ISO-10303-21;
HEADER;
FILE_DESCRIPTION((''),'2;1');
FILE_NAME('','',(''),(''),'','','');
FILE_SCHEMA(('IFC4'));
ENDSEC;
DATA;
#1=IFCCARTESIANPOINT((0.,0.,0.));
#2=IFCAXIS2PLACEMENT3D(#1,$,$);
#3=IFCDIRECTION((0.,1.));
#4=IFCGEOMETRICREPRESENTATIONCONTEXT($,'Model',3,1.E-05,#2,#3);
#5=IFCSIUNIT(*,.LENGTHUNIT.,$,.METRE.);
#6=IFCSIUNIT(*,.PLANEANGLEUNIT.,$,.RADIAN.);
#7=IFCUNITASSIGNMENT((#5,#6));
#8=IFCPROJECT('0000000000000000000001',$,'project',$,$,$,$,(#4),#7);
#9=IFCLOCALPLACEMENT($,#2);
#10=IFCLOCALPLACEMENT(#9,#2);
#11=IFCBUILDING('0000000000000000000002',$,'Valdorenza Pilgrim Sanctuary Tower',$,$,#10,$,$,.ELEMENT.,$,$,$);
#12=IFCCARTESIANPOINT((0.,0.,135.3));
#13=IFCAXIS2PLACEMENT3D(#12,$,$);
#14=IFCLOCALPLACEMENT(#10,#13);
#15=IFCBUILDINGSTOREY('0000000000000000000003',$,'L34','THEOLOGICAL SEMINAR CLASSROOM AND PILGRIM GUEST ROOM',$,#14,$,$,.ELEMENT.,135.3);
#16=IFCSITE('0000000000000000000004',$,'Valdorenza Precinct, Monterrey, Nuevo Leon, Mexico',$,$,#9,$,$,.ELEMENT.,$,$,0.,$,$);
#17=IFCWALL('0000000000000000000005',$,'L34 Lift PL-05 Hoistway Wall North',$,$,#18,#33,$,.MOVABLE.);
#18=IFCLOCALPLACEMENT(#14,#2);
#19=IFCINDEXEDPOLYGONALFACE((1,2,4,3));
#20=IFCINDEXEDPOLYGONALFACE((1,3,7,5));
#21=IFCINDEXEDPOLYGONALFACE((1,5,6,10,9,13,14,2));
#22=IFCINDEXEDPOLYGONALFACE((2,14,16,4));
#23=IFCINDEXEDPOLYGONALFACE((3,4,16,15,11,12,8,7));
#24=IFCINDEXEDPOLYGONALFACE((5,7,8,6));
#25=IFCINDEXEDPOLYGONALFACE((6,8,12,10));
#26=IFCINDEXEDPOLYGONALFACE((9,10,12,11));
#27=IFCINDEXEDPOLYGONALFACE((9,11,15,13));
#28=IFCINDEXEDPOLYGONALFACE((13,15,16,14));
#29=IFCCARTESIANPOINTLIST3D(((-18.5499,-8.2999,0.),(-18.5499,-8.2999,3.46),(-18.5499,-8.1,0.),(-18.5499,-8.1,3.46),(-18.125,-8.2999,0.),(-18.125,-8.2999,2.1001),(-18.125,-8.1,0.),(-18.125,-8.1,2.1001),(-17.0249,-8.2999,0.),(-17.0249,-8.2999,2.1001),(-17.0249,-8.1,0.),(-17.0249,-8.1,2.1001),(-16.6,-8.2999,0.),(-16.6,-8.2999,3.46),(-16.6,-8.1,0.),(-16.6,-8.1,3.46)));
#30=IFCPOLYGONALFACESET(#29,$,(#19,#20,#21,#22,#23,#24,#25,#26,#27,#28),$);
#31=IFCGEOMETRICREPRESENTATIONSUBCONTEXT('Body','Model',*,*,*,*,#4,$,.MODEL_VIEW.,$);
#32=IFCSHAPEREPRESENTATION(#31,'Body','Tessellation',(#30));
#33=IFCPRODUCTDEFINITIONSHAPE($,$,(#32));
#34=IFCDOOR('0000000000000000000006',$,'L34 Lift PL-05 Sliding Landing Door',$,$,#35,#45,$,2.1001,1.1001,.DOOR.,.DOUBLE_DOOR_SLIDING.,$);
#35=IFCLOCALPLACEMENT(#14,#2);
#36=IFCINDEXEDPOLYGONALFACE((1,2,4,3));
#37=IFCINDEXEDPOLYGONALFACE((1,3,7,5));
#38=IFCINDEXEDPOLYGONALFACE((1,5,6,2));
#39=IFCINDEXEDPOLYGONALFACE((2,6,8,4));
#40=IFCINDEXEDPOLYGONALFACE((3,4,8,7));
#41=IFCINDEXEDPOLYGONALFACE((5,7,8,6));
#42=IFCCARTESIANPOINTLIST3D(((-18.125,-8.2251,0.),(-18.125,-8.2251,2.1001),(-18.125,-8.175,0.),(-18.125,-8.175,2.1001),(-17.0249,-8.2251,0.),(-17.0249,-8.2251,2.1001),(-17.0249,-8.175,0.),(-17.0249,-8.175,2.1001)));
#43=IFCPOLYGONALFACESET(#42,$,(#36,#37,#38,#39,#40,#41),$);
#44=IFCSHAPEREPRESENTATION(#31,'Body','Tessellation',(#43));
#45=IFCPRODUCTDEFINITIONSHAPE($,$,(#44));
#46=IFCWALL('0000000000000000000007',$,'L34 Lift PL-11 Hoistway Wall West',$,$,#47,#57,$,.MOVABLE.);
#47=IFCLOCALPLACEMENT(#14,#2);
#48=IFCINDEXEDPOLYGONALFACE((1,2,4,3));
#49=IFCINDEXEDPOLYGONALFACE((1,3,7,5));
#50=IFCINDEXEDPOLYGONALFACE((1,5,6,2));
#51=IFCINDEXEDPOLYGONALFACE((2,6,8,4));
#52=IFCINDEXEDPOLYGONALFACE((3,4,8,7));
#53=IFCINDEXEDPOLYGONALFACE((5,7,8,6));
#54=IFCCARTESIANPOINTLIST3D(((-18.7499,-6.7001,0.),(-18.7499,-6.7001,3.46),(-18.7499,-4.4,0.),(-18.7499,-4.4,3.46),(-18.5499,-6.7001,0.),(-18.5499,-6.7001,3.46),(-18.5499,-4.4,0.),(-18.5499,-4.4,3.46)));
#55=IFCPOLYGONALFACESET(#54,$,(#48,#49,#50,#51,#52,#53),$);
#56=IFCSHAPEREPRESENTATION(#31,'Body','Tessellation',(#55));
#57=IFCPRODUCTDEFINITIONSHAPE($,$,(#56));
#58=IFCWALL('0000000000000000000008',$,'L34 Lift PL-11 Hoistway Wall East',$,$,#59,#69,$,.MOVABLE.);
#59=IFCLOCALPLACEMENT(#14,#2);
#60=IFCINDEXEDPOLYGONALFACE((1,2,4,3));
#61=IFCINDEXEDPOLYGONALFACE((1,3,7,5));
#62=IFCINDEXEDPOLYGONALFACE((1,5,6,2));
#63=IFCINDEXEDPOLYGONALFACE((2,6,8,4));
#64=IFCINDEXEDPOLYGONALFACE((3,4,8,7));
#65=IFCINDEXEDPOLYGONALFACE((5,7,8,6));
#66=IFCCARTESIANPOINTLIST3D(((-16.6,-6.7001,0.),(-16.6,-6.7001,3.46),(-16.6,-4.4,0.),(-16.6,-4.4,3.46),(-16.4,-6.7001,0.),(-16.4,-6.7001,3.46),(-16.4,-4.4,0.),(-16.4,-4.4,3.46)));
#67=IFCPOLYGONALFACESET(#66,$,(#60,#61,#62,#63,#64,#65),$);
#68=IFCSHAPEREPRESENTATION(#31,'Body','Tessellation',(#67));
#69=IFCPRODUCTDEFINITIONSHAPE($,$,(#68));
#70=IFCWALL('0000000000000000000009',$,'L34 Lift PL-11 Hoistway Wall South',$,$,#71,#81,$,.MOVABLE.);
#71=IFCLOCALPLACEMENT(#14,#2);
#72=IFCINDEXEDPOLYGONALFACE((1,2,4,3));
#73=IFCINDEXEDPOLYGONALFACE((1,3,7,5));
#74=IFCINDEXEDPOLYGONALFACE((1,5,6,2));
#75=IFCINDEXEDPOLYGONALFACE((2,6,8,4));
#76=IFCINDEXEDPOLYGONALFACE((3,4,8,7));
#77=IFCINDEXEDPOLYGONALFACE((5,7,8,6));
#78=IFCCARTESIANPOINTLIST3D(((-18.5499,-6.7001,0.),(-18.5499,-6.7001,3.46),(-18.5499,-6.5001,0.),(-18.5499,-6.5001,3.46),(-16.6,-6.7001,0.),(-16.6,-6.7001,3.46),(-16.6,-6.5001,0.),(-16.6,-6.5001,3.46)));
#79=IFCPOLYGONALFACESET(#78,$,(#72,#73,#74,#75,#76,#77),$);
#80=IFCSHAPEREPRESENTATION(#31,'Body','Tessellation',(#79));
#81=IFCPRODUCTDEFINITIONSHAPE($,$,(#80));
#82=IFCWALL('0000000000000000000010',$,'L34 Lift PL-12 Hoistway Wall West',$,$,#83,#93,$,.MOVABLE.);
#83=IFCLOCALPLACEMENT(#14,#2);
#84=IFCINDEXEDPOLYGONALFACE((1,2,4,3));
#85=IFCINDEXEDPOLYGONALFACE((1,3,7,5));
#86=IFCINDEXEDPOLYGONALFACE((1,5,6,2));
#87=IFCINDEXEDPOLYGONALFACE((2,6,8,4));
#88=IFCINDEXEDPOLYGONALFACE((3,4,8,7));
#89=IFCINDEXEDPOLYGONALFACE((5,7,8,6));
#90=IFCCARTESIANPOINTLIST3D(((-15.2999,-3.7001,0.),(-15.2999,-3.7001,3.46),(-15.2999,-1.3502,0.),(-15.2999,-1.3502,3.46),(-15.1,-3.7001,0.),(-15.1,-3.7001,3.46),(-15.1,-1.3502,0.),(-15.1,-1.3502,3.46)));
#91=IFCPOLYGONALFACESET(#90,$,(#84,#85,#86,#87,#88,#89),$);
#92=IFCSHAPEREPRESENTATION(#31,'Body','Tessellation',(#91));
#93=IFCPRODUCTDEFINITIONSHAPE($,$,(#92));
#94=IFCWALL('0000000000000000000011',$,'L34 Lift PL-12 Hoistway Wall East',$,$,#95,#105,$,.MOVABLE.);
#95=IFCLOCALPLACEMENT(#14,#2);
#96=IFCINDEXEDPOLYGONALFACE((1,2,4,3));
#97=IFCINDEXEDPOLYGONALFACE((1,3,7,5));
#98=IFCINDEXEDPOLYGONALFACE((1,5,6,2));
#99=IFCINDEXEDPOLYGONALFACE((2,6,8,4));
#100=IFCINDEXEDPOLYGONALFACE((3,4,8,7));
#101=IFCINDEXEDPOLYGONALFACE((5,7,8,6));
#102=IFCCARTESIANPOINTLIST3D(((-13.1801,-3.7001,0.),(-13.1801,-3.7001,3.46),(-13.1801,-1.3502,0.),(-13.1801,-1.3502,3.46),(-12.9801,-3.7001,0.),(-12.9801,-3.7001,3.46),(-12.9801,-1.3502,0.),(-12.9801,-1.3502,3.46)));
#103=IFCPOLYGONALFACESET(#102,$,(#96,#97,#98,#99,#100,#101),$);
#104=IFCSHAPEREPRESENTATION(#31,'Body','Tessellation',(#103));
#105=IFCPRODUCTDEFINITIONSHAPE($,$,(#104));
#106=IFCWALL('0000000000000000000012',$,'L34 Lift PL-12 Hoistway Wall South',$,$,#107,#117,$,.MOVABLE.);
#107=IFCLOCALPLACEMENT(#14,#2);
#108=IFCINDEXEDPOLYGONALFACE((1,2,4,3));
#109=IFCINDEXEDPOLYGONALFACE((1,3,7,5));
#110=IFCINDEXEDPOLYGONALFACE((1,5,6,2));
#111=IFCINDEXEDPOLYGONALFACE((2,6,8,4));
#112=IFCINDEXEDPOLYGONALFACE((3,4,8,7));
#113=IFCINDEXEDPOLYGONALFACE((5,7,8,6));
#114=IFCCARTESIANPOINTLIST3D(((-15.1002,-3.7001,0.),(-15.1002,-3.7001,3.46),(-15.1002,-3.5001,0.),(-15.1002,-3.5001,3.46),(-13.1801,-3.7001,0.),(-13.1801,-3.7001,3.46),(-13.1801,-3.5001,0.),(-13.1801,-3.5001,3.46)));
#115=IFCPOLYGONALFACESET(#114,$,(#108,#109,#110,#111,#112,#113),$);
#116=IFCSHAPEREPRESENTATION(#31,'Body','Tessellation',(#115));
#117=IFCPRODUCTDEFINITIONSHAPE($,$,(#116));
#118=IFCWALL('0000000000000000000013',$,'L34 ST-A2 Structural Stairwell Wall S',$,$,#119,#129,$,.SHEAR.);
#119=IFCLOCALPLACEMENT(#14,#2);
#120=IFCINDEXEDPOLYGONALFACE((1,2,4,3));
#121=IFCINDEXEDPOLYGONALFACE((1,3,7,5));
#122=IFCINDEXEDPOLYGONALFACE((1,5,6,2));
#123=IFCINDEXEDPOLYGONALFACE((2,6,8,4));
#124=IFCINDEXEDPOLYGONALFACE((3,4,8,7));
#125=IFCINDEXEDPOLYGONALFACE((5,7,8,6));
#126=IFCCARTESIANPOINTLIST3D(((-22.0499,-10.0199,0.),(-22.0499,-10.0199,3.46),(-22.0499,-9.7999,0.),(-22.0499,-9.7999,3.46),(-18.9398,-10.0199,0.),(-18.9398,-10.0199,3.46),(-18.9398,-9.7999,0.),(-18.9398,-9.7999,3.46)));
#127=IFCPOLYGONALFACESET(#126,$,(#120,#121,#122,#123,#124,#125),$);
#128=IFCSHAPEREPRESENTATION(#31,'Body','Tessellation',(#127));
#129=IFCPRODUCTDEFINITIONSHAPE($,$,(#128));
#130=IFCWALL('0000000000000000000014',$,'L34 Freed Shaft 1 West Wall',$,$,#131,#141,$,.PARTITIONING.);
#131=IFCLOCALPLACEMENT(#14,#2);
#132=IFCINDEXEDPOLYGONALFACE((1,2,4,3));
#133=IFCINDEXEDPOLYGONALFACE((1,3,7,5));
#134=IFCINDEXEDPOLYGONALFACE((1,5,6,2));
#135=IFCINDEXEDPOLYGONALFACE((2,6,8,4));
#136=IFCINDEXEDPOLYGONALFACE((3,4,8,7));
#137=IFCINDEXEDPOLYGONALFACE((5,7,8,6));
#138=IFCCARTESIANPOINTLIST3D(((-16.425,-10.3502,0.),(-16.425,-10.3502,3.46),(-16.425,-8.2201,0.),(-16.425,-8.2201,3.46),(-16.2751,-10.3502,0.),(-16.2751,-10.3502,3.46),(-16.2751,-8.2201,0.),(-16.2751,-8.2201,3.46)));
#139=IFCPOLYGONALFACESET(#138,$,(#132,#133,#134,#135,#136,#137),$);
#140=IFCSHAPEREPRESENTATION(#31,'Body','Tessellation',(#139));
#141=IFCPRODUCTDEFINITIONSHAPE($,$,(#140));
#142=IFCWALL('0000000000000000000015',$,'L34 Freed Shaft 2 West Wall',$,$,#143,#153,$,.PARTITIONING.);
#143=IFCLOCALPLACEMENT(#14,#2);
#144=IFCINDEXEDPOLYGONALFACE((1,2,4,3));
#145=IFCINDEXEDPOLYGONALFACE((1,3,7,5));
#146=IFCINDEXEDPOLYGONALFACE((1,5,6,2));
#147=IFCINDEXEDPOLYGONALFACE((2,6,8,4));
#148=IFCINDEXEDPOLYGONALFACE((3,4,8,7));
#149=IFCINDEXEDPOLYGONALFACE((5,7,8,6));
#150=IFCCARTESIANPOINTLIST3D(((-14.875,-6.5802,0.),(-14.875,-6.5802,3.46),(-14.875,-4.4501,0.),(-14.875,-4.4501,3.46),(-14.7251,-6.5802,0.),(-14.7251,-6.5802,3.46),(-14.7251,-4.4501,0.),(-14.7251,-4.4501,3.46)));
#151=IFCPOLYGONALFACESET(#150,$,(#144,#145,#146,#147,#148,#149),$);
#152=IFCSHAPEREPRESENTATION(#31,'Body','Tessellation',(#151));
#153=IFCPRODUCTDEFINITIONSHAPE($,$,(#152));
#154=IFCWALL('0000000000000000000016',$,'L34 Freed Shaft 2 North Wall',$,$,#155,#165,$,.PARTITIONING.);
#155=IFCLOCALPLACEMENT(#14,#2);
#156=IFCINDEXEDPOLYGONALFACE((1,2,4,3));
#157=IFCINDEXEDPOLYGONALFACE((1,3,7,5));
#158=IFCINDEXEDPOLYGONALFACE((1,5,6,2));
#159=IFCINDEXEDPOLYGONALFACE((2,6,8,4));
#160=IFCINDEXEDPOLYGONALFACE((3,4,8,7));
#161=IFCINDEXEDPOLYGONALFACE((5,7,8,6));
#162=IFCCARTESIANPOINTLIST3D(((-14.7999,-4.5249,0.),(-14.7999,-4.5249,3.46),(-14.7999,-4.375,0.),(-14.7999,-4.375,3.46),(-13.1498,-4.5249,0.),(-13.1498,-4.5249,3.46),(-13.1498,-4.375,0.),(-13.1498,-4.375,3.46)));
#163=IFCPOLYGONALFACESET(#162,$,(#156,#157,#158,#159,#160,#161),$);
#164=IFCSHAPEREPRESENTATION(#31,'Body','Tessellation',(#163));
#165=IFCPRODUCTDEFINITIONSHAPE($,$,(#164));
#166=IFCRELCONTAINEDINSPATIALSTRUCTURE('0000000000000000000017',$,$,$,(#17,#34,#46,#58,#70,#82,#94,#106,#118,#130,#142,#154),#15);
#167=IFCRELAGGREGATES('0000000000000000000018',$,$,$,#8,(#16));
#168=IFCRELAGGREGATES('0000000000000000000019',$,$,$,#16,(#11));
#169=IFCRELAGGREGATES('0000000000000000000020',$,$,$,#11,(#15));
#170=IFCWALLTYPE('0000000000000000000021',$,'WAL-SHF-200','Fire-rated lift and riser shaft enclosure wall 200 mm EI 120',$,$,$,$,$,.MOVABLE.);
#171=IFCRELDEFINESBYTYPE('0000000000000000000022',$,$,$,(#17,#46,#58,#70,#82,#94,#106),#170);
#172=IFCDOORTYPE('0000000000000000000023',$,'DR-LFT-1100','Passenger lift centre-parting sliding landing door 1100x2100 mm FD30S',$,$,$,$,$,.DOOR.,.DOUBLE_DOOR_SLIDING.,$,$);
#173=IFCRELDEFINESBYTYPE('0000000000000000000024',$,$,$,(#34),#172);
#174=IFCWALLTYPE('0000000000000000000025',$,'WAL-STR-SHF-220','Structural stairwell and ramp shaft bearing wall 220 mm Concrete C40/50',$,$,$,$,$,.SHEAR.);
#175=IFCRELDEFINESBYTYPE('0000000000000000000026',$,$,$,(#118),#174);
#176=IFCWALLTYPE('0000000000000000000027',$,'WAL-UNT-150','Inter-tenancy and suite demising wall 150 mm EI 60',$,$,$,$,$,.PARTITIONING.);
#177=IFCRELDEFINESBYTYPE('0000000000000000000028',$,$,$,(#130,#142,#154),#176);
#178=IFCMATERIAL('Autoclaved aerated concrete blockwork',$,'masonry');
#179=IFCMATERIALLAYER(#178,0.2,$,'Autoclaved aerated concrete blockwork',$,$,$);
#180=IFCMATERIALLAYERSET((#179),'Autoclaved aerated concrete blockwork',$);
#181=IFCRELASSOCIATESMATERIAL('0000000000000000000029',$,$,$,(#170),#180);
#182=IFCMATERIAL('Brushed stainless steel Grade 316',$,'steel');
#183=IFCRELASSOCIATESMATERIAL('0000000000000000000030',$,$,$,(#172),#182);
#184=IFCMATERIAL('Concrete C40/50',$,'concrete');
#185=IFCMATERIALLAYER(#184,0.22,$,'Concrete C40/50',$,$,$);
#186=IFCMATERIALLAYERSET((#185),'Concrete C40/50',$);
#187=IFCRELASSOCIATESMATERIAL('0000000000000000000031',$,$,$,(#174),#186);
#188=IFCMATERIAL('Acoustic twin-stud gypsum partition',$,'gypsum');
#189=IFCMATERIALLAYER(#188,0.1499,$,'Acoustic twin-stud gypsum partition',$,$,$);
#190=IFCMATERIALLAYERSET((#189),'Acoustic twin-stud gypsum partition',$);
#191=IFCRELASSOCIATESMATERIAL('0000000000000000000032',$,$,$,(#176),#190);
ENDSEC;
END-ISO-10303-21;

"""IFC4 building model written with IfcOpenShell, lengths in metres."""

from ifc_helpers import new_model, si_unit, direction, frame, frame_2d, origin, place, context, subcontext, project, spatial, rectangle, extrude, material, layer, layer_set, type_object, element, fill, save


model = new_model("IFC4")

# Units and contexts
model_context = context("Model", 3, precision=1e-05, world=origin(), true_north=direction((0.0, 1.0)))
body_context = subcontext(model_context, "Body", "Model", "MODEL_VIEW")
ifc_project = project(units=[si_unit("LENGTHUNIT", "METRE"), si_unit("PLANEANGLEUNIT", "RADIAN")], contexts=[model_context])

# Site, building, storey
site_placement = place(None, origin())
site = spatial("IfcSite", under=ifc_project, at=site_placement, Name="Valdorenza Precinct, Monterrey, Nuevo Leon, Mexico", CompositionType="ELEMENT", RefElevation=0.0)
building_placement = place(site_placement, origin())
building = spatial("IfcBuilding", under=site, at=building_placement, Name="Valdorenza Pilgrim Sanctuary Tower", CompositionType="ELEMENT")
storey_placement = place(building_placement, frame((0.0, 0.0, 135.3)))
storey = spatial("IfcBuildingStorey", under=building, at=storey_placement, Name="L34", Description="THEOLOGICAL SEMINAR CLASSROOM AND PILGRIM GUEST ROOM", CompositionType="ELEMENT", Elevation=135.3)

# Shared definitions
ifc_material_1 = material(Name="Acoustic twin-stud gypsum partition", Category="gypsum")

# Shared definitions
ifc_material_2 = material(Name="Autoclaved aerated concrete blockwork", Category="masonry")
ifc_layer_1 = layer(ifc_material_2, 0.2, Name="Autoclaved aerated concrete blockwork")
ifc_layer_set_1 = layer_set([ifc_layer_1], Name="Autoclaved aerated concrete blockwork")
wall_type_1 = type_object("IfcWallType", Name="WAL-SHF-200", Description="Fire-rated lift and riser shaft enclosure wall 200 mm EI 120", PredefinedType="MOVABLE", material=ifc_layer_set_1)

# Wall, opening, door
wall_1_placement = place(storey_placement, frame((-18.55, -8.2, 0.0), z_axis=(0.0, 0.0, 1.0), x_axis=(1.0, 0.0, 0.0)))
wall_1 = element("IfcWall", 1, at=wall_1_placement, inside=storey, type_object=wall_type_1, Name="L34 Lift PL-05 Hoistway Wall North", PredefinedType="MOVABLE", context=body_context, shape_type="SweptSolid", body=[
    extrude(rectangle(XDim=1.95, YDim=0.2, at=frame_2d((0.9751, 0.0))), origin(), (0.0, 0.0, 1.0), 3.46),
])
opening_1_placement = place(wall_1_placement, frame((0.425, 0.0, 0.0)))
opening_1 = element("IfcOpeningElement", 2, at=opening_1_placement, cuts=wall_1, PredefinedType="OPENING", context=body_context, shape_type="SweptSolid", body=[
    extrude(rectangle(XDim=1.1001, YDim=2.1001, at=frame_2d((0.55, 1.05))), frame((0.0, 0.1147, 0.0), z_axis=(0.0, -1.0, 0.0), x_axis=(1.0, 0.0, 0.0)), (0.0, 0.0, 1.0), 0.2297),
])
ifc_material_3 = material(Name="Brushed stainless steel Grade 316", Category="steel")
door_type_1 = type_object("IfcDoorType", Name="DR-LFT-1100", Description="Passenger lift centre-parting sliding landing door 1100x2100 mm FD30S", OperationType="DOUBLE_DOOR_SLIDING", PredefinedType="DOOR", material=ifc_material_3)
door_1_placement = place(opening_1_placement, origin())
door_1 = element("IfcDoor", 3, at=door_1_placement, inside=storey, type_object=door_type_1, Name="L34 Lift PL-05 Sliding Landing Door", OperationType="DOUBLE_DOOR_SLIDING", OverallHeight=2.1001, OverallWidth=1.1001, PredefinedType="DOOR", context=body_context, shape_type="SweptSolid", body=[
    extrude(rectangle(XDim=1.1001, YDim=2.1001, at=frame_2d((0.55, 1.05))), frame((0.0, 0.0249, 0.0), z_axis=(0.0, -1.0, 0.0), x_axis=(1.0, 0.0, 0.0)), (0.0, 0.0, 1.0), 0.05),
])
fill(opening_1, door_1)

# Walls
for number, where, z_axis, x_axis, name in (
    (4, (-18.6499, -6.7, 0.0), (0.0, 0.0, 1.0), (0.0, 1.0, 0.0), "L34 Lift PL-11 Hoistway Wall West"),
    (5, (-16.5, -6.7, 0.0), (0.0, 0.0, 1.0), (0.0, 1.0, 0.0), "L34 Lift PL-11 Hoistway Wall East"),
):
    element("IfcWall", number, at=place(storey_placement, frame(where, z_axis=z_axis, x_axis=x_axis)), inside=storey, type_object=wall_type_1, Name=name, PredefinedType="MOVABLE", context=body_context, shape_type="SweptSolid", body=[
        extrude(rectangle(XDim=2.3, YDim=0.2, at=frame_2d((1.1499, 0.0))), origin(), (0.0, 0.0, 1.0), 3.46),
    ])
wall_2_placement = place(storey_placement, frame((-18.55, -6.6001, 0.0), z_axis=(0.0, 0.0, 1.0), x_axis=(1.0, 0.0, 0.0)))
element("IfcWall", 6, at=wall_2_placement, inside=storey, type_object=wall_type_1, Name="L34 Lift PL-11 Hoistway Wall South", PredefinedType="MOVABLE", context=body_context, shape_type="SweptSolid", body=[
    extrude(rectangle(XDim=1.95, YDim=0.2, at=frame_2d((0.9751, 0.0))), origin(), (0.0, 0.0, 1.0), 3.46),
])
for number, where, z_axis, x_axis, name in (
    (7, (-15.2, -3.7, 0.0), (0.0, 0.0, 1.0), (0.0, 1.0, 0.0), "L34 Lift PL-12 Hoistway Wall West"),
    (8, (-13.0801, -3.7, 0.0), (0.0, 0.0, 1.0), (0.0, 1.0, 0.0), "L34 Lift PL-12 Hoistway Wall East"),
):
    element("IfcWall", number, at=place(storey_placement, frame(where, z_axis=z_axis, x_axis=x_axis)), inside=storey, type_object=wall_type_1, Name=name, PredefinedType="MOVABLE", context=body_context, shape_type="SweptSolid", body=[
        extrude(rectangle(XDim=2.3499, YDim=0.2, at=frame_2d((1.1748, 0.0))), origin(), (0.0, 0.0, 1.0), 3.46),
    ])
wall_3_placement = place(storey_placement, frame((-15.1001, -3.6001, 0.0), z_axis=(0.0, 0.0, 1.0), x_axis=(1.0, 0.0, 0.0)))
element("IfcWall", 9, at=wall_3_placement, inside=storey, type_object=wall_type_1, Name="L34 Lift PL-12 Hoistway Wall South", PredefinedType="MOVABLE", context=body_context, shape_type="SweptSolid", body=[
    extrude(rectangle(XDim=1.9202, YDim=0.2, at=frame_2d((0.96, 0.0))), origin(), (0.0, 0.0, 1.0), 3.46),
])
ifc_material_4 = material(Name="Concrete C40/50", Category="concrete")
ifc_layer_2 = layer(ifc_material_4, 0.22, Name="Concrete C40/50")
ifc_layer_set_2 = layer_set([ifc_layer_2], Name="Concrete C40/50")
wall_type_2 = type_object("IfcWallType", Name="WAL-STR-SHF-220", Description="Structural stairwell and ramp shaft bearing wall 220 mm Concrete C40/50", PredefinedType="SHEAR", material=ifc_layer_set_2)
wall_4_placement = place(storey_placement, frame((-22.05, -9.9099, 0.0), z_axis=(0.0, 0.0, 1.0), x_axis=(1.0, 0.0, 0.0)))
element("IfcWall", 10, at=wall_4_placement, inside=storey, type_object=wall_type_2, Name="L34 ST-A2 Structural Stairwell Wall S", PredefinedType="SHEAR", context=body_context, shape_type="SweptSolid", body=[
    extrude(rectangle(XDim=3.1101, YDim=0.22, at=frame_2d((1.5552, 0.0))), origin(), (0.0, 0.0, 1.0), 3.46),
])
ifc_layer_3 = layer(ifc_material_1, 0.1499, Name="Acoustic twin-stud gypsum partition")
ifc_layer_set_3 = layer_set([ifc_layer_3], Name="Acoustic twin-stud gypsum partition")
wall_type_3 = type_object("IfcWallType", Name="WAL-UNT-150", Description="Inter-tenancy and suite demising wall 150 mm EI 60", PredefinedType="PARTITIONING", material=ifc_layer_set_3)
for number, where, z_axis, x_axis, name in (
    (11, (-16.3501, -10.3501, 0.0), (0.0, 0.0, 1.0), (0.0, 1.0, 0.0), "L34 Freed Shaft 1 West Wall"),
    (12, (-14.8, -6.5801, 0.0), (0.0, 0.0, 1.0), (0.0, 1.0, 0.0), "L34 Freed Shaft 2 West Wall"),
):
    element("IfcWall", number, at=place(storey_placement, frame(where, z_axis=z_axis, x_axis=x_axis)), inside=storey, type_object=wall_type_3, Name=name, PredefinedType="PARTITIONING", context=body_context, shape_type="SweptSolid", body=[
        extrude(rectangle(XDim=2.1301, YDim=0.1499, at=frame_2d((1.0649, 0.0))), origin(), (0.0, 0.0, 1.0), 3.46),
    ])
wall_5_placement = place(storey_placement, frame((-14.8, -4.45, 0.0), z_axis=(0.0, 0.0, 1.0), x_axis=(1.0, 0.0, 0.0)))
element("IfcWall", 13, at=wall_5_placement, inside=storey, type_object=wall_type_3, Name="L34 Freed Shaft 2 North Wall", PredefinedType="PARTITIONING", context=body_context, shape_type="SweptSolid", body=[
    extrude(rectangle(XDim=1.6501, YDim=0.1499, at=frame_2d((0.8252, 0.0))), origin(), (0.0, 0.0, 1.0), 3.46),
])

save(model, "model.ifc")
